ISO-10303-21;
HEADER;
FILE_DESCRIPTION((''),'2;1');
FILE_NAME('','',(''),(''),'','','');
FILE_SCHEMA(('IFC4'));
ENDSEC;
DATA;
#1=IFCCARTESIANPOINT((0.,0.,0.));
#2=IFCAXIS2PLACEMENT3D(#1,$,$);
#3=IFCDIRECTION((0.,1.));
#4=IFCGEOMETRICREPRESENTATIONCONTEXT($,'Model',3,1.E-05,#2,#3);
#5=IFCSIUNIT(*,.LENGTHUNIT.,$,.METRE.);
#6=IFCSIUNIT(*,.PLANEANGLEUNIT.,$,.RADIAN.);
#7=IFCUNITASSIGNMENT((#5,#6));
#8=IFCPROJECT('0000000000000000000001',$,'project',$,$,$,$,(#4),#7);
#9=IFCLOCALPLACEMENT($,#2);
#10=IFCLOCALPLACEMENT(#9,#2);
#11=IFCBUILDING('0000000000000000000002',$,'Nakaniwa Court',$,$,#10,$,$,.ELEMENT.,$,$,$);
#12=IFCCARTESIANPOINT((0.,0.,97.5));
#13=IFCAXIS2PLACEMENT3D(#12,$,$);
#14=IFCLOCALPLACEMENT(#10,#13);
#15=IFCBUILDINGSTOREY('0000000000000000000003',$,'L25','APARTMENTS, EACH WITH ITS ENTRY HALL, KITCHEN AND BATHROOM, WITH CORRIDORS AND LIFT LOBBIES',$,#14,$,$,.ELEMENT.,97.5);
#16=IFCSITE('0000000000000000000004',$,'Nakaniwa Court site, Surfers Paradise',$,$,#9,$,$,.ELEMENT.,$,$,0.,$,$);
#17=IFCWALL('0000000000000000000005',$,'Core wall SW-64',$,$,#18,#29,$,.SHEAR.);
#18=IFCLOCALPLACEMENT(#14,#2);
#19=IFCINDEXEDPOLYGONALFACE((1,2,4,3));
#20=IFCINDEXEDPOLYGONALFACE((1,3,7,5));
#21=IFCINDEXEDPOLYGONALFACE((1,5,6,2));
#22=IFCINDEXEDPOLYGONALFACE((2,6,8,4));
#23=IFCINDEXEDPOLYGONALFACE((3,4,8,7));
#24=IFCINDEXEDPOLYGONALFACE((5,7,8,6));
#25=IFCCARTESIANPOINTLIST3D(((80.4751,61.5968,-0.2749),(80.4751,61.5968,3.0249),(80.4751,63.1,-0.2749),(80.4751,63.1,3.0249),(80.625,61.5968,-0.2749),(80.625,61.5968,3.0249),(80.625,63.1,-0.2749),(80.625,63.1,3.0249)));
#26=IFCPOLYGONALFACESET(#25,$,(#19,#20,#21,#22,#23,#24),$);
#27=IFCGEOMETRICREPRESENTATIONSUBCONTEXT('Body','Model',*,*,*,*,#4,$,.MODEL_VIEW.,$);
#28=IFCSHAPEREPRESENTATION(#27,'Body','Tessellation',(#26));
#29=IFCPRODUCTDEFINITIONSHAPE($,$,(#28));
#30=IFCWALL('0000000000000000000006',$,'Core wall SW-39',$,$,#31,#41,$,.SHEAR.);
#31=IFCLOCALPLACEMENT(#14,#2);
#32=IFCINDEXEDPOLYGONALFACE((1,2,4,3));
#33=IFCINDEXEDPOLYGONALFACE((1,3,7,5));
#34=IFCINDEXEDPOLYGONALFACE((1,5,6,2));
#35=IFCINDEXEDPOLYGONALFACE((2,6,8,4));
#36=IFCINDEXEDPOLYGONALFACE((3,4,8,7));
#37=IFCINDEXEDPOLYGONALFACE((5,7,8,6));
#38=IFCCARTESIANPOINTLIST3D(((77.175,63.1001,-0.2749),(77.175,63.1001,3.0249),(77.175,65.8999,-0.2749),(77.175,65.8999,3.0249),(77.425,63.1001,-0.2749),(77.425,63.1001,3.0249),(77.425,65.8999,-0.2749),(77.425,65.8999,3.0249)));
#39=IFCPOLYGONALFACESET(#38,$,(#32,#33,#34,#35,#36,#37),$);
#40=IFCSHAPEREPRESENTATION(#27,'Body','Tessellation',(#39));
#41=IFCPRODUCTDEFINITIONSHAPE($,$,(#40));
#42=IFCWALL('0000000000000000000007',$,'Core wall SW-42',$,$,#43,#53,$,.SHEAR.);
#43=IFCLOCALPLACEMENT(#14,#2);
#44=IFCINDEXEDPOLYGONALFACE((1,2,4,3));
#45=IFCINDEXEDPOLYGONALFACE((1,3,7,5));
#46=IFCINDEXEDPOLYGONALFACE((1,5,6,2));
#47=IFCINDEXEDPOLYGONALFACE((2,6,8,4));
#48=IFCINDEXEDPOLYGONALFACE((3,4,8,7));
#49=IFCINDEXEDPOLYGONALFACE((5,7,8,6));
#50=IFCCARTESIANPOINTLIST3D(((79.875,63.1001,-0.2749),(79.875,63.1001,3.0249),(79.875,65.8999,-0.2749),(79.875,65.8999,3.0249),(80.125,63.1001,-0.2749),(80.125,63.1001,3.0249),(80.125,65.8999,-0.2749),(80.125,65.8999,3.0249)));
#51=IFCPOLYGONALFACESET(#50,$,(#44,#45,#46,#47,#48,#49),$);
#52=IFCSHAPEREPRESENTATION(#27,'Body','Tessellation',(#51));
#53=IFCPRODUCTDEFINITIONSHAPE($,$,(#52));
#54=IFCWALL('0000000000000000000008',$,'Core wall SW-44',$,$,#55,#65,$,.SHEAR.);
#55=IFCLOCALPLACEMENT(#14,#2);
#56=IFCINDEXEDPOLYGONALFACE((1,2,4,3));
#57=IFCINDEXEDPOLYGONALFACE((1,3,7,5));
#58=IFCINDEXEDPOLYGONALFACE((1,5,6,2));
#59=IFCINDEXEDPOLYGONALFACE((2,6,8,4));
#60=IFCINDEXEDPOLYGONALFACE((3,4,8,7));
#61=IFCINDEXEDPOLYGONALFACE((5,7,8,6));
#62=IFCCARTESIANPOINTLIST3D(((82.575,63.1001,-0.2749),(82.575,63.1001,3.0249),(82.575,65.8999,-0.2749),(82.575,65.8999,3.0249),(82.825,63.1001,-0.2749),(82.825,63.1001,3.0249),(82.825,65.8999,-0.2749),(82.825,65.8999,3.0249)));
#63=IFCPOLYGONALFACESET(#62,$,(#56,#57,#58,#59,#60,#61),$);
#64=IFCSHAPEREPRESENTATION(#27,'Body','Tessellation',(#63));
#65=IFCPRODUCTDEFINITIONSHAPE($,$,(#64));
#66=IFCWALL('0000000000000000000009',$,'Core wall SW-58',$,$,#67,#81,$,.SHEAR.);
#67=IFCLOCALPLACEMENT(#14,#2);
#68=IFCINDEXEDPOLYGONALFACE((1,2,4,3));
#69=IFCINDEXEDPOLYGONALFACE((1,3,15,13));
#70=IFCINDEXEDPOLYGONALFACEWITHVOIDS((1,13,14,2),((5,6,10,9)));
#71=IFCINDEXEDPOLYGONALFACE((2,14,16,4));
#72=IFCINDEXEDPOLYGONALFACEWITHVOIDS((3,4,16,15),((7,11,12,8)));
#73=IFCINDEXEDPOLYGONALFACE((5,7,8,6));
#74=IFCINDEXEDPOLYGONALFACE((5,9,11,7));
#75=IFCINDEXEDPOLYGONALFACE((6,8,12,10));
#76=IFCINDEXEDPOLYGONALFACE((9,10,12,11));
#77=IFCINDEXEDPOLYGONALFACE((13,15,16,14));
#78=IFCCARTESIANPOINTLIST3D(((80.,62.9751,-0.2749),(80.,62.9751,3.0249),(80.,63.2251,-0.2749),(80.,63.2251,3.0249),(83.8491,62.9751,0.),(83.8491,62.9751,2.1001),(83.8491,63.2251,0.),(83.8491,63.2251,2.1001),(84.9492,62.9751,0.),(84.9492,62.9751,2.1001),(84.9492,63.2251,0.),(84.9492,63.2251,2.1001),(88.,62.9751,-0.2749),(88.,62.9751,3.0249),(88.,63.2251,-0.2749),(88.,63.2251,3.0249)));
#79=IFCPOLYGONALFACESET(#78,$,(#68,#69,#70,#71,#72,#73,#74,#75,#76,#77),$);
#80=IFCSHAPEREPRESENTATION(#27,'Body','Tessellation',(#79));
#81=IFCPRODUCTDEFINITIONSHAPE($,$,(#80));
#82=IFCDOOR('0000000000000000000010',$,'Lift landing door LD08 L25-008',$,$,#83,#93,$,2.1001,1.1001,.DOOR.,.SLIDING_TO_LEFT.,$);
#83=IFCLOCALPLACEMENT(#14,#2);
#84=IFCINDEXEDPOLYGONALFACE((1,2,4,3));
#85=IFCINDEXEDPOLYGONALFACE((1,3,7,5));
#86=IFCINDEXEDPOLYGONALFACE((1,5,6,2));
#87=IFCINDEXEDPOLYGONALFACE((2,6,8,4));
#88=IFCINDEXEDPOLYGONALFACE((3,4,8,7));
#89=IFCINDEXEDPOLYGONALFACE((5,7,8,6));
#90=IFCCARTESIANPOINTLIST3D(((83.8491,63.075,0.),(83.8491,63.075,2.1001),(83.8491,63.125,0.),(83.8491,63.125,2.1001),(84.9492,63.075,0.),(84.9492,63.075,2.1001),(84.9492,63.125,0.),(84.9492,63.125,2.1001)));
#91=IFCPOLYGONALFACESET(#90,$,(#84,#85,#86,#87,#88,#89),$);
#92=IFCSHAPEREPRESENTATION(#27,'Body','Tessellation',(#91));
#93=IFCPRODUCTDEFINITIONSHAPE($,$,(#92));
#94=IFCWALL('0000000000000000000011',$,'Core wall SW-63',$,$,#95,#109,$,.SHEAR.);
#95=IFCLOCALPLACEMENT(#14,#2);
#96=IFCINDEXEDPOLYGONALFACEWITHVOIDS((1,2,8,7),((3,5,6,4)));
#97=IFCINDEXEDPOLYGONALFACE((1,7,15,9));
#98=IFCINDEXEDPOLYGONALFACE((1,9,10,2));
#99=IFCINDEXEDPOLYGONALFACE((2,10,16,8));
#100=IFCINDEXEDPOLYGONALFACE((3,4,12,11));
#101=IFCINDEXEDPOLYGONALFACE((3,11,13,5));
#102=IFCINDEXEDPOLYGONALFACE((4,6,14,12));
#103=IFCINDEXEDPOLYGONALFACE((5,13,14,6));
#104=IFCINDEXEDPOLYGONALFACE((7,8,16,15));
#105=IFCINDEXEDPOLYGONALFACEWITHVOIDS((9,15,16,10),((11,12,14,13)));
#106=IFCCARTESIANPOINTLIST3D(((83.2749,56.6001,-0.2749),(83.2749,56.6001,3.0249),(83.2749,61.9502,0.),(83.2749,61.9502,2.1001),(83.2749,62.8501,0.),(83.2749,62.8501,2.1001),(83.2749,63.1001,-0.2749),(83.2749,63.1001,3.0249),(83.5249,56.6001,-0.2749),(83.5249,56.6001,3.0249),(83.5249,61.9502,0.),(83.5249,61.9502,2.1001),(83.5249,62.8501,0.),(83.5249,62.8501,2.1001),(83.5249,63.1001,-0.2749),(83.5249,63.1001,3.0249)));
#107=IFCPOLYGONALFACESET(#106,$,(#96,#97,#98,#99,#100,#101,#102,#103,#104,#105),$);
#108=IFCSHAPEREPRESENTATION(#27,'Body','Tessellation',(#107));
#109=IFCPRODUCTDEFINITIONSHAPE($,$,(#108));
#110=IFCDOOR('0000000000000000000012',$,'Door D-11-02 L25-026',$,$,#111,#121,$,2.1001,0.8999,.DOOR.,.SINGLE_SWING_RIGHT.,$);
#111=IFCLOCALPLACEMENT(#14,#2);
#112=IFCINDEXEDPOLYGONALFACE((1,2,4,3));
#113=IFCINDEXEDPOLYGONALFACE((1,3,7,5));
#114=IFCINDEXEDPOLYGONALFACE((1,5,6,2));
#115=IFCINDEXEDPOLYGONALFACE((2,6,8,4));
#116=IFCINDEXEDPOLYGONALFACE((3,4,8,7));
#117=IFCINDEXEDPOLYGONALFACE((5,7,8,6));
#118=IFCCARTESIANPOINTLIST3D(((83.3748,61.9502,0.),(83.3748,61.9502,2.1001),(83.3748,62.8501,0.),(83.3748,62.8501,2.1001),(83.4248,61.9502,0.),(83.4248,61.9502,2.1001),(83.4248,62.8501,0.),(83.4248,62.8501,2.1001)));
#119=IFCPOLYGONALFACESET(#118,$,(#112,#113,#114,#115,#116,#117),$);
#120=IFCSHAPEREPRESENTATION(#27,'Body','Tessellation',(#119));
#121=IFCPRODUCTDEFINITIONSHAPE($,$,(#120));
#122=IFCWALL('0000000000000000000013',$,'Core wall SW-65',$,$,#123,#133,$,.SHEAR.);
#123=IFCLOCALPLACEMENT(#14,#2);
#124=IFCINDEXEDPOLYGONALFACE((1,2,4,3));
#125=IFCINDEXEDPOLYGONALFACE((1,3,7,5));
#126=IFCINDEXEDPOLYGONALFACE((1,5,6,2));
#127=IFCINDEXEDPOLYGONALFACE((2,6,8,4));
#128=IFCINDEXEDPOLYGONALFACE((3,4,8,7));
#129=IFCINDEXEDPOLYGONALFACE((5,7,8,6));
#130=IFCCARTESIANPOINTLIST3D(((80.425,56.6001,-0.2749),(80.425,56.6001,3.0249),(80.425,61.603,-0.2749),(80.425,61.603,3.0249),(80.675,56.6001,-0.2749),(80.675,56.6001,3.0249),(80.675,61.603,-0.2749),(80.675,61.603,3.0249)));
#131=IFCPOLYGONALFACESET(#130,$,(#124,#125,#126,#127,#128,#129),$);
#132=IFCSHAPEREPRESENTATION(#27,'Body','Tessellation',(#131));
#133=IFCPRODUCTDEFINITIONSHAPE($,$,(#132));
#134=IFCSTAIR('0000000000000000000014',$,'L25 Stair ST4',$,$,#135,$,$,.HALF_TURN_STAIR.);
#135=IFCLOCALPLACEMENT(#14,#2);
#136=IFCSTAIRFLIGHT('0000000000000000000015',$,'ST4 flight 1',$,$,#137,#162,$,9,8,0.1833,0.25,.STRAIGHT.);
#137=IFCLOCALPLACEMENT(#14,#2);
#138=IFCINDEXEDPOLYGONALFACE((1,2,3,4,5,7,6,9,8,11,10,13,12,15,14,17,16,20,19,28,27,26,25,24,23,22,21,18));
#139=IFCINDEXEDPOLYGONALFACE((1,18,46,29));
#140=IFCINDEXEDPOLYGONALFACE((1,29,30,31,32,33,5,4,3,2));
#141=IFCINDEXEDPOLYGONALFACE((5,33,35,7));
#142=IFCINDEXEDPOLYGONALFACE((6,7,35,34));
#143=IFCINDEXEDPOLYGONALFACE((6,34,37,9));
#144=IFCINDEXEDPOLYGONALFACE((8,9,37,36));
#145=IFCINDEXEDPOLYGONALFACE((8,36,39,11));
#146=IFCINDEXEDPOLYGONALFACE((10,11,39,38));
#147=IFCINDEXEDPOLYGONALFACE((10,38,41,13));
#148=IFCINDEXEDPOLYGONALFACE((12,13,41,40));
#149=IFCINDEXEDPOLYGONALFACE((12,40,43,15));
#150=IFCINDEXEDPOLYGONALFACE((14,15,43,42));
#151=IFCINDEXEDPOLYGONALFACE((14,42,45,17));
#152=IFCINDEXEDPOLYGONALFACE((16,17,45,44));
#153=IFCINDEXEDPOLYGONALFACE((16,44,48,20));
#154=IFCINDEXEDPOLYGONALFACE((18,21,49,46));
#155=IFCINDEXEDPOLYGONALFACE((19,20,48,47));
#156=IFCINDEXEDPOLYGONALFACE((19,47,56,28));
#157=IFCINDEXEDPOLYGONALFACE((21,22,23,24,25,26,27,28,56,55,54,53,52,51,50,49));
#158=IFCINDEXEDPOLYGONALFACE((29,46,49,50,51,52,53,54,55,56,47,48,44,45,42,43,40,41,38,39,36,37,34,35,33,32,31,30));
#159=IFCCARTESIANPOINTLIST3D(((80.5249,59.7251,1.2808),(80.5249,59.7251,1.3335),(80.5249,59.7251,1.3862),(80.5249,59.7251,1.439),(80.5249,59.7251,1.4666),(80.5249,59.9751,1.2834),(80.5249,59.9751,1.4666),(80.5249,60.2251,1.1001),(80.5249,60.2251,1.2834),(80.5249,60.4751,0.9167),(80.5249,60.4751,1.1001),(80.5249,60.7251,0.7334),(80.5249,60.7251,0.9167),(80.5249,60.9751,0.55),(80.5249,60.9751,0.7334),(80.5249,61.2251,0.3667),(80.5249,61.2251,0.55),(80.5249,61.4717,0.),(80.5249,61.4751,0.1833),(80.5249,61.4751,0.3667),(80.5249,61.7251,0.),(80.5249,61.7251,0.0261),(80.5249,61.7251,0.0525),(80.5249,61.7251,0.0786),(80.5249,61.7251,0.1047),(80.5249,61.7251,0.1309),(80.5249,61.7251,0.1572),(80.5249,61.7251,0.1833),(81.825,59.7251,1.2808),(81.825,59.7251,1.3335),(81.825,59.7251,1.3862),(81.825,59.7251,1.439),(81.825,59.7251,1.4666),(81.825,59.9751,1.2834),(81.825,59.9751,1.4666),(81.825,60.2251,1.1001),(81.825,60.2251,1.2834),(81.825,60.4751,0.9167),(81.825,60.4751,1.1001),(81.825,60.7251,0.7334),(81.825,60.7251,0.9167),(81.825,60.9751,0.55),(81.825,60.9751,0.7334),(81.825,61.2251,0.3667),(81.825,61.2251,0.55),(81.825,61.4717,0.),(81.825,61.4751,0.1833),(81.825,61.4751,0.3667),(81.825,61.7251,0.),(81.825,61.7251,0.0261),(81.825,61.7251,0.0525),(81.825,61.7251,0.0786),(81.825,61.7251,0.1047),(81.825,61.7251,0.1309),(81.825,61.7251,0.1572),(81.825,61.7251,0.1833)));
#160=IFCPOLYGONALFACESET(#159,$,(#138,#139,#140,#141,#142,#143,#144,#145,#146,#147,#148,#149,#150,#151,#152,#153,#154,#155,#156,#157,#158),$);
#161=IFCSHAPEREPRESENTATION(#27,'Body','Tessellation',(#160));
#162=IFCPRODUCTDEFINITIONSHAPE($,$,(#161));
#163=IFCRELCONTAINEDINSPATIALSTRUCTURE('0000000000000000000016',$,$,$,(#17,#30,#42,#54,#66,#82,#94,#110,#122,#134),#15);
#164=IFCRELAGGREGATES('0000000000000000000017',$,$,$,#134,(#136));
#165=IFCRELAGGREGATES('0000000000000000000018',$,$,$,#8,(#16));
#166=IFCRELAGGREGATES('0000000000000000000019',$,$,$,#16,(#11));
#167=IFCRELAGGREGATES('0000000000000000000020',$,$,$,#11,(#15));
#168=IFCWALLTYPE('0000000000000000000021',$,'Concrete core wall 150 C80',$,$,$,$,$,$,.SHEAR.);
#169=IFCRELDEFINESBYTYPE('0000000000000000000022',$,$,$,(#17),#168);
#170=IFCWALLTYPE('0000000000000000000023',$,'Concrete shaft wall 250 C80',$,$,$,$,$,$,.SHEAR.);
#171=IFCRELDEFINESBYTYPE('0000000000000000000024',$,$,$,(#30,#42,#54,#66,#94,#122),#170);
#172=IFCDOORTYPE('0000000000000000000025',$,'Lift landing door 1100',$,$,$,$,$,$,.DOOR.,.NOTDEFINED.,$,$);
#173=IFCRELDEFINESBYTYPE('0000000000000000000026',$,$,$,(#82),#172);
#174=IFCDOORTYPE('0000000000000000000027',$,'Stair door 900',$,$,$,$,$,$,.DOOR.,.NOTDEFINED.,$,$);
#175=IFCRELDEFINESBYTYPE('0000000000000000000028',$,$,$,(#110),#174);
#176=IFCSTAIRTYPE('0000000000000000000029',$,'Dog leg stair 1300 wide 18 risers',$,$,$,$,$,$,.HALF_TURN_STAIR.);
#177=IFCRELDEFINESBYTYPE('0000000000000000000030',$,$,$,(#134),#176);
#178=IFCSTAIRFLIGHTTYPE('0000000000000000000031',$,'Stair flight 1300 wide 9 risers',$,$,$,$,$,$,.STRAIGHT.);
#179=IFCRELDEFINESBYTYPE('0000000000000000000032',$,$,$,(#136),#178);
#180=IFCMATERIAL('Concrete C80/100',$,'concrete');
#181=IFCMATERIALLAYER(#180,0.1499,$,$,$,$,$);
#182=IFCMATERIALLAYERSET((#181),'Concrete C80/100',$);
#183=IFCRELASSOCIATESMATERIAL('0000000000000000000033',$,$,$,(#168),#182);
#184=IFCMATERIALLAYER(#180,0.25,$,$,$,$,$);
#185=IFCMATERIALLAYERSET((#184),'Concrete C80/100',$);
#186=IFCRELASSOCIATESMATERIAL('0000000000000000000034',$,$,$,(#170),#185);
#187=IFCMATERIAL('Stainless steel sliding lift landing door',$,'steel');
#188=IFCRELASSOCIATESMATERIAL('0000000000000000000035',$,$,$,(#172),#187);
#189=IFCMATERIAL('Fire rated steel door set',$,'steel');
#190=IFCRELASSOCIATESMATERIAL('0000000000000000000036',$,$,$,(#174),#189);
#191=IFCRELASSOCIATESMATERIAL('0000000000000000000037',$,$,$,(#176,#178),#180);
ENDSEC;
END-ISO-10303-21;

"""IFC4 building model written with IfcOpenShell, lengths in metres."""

from ifc_helpers import new_model, si_unit, direction, frame, frame_2d, origin, place, context, subcontext, project, spatial, polyline, rectangle, outline, extrude, material, layer, layer_set, type_object, element, fill, aggregate, save


model = new_model("IFC4")

# Units and contexts
model_context = context("Model", 3, precision=1e-05, world=origin(), true_north=direction((0.0, 1.0)))
body_context = subcontext(model_context, "Body", "Model", "MODEL_VIEW")
ifc_project = project(units=[si_unit("LENGTHUNIT", "METRE"), si_unit("PLANEANGLEUNIT", "RADIAN")], contexts=[model_context])

# Site, building, storey
site_placement = place(None, origin())
site = spatial("IfcSite", under=ifc_project, at=site_placement, Name="Nakaniwa Court site, Surfers Paradise", CompositionType="ELEMENT", RefElevation=0.0)
building_placement = place(site_placement, origin())
building = spatial("IfcBuilding", under=site, at=building_placement, Name="Nakaniwa Court", CompositionType="ELEMENT")
storey_placement = place(building_placement, frame((0.0, 0.0, 97.5)))
storey = spatial("IfcBuildingStorey", under=building, at=storey_placement, Name="L25", Description="APARTMENTS, EACH WITH ITS ENTRY HALL, KITCHEN AND BATHROOM, WITH CORRIDORS AND LIFT LOBBIES", CompositionType="ELEMENT", Elevation=97.5)

# Shared definitions
ifc_material_1 = material(Name="Concrete C80/100", Category="concrete")

# Shared definitions
ifc_material_2 = material(Name="Fire rated steel door set", Category="steel")

# Walls
ifc_layer_1 = layer(ifc_material_1, 0.1499)
ifc_layer_set_1 = layer_set([ifc_layer_1], Name="Concrete C80/100")
wall_type_1 = type_object("IfcWallType", Name="Concrete core wall 150 C80", PredefinedType="SHEAR", material=ifc_layer_set_1)
wall_1_placement = place(storey_placement, frame((80.55, 61.5969, -0.2749), z_axis=(0.0, 0.0, 1.0), x_axis=(0.0, 1.0, 0.0)))
element("IfcWall", 1, at=wall_1_placement, inside=storey, type_object=wall_type_1, Name="Core wall SW-64", PredefinedType="SHEAR", context=body_context, shape_type="SweptSolid", body=[
    extrude(rectangle(XDim=1.5032, YDim=0.1499, at=frame_2d((0.7515, 0.0))), origin(), (0.0, 0.0, 1.0), 3.2998),
])
ifc_layer_2 = layer(ifc_material_1, 0.25)
ifc_layer_set_2 = layer_set([ifc_layer_2], Name="Concrete C80/100")
wall_type_2 = type_object("IfcWallType", Name="Concrete shaft wall 250 C80", PredefinedType="SHEAR", material=ifc_layer_set_2)
for number, where, z_axis, x_axis, name in (
    (2, (77.3, 63.1001, -0.2749), (0.0, 0.0, 1.0), (0.0, 1.0, 0.0), "Core wall SW-39"),
    (3, (80.0, 63.1001, -0.2749), (0.0, 0.0, 1.0), (0.0, 1.0, 0.0), "Core wall SW-42"),
    (4, (82.7, 63.1001, -0.2749), (0.0, 0.0, 1.0), (0.0, 1.0, 0.0), "Core wall SW-44"),
):
    element("IfcWall", number, at=place(storey_placement, frame(where, z_axis=z_axis, x_axis=x_axis)), inside=storey, type_object=wall_type_2, Name=name, PredefinedType="SHEAR", context=body_context, shape_type="SweptSolid", body=[
        extrude(rectangle(XDim=2.7998, YDim=0.25, at=frame_2d((1.3999, 0.0))), origin(), (0.0, 0.0, 1.0), 3.2998),
    ])

# Walls, openings, doors
wall_2_placement = place(storey_placement, frame((80.0, 63.1001, -0.2749), z_axis=(0.0, 0.0, 1.0), x_axis=(1.0, 0.0, 0.0)))
wall_2 = element("IfcWall", 5, at=wall_2_placement, inside=storey, type_object=wall_type_2, Name="Core wall SW-58", PredefinedType="SHEAR", context=body_context, shape_type="SweptSolid", body=[
    extrude(rectangle(XDim=8.0, YDim=0.25, at=frame_2d((4.0, 0.0))), origin(), (0.0, 0.0, 1.0), 3.2998),
])
opening_1_placement = place(wall_2_placement, frame((3.8491, 0.0, 0.2749)))
opening_1 = element("IfcOpeningElement", 6, at=opening_1_placement, cuts=wall_2, PredefinedType="OPENING", context=body_context, shape_type="SweptSolid", body=[
    extrude(rectangle(XDim=1.1001, YDim=2.1001, at=frame_2d((0.55, 1.05))), frame((0.0, 0.135, 0.0), z_axis=(0.0, -1.0, 0.0), x_axis=(1.0, 0.0, 0.0)), (0.0, 0.0, 1.0), 0.27),
])
ifc_material_3 = material(Name="Stainless steel sliding lift landing door", Category="steel")
door_type_1 = type_object("IfcDoorType", Name="Lift landing door 1100", OperationType="NOTDEFINED", PredefinedType="DOOR", material=ifc_material_3)
door_1_placement = place(opening_1_placement, origin())
door_1 = element("IfcDoor", 7, at=door_1_placement, inside=storey, type_object=door_type_1, Name="Lift landing door LD08 L25-008", OperationType="SLIDING_TO_LEFT", OverallHeight=2.1001, OverallWidth=1.1001, PredefinedType="DOOR", context=body_context, shape_type="SweptSolid", body=[
    extrude(rectangle(XDim=1.1001, YDim=2.1001, at=frame_2d((0.55, 1.05))), frame((0.0, 0.0249, 0.0), z_axis=(0.0, -1.0, 0.0), x_axis=(1.0, 0.0, 0.0)), (0.0, 0.0, 1.0), 0.05),
])
fill(opening_1, door_1)
wall_3_placement = place(storey_placement, frame((83.3999, 63.1001, -0.2749), z_axis=(0.0, 0.0, 1.0), x_axis=(0.0, -1.0, 0.0)))
wall_3 = element("IfcWall", 8, at=wall_3_placement, inside=storey, type_object=wall_type_2, Name="Core wall SW-63", PredefinedType="SHEAR", context=body_context, shape_type="SweptSolid", body=[
    extrude(rectangle(XDim=6.5, YDim=0.25, at=frame_2d((3.25, 0.0))), origin(), (0.0, 0.0, 1.0), 3.2998),
])
opening_2_placement = place(wall_3_placement, frame((0.25, 0.0, 0.2749)))
opening_2 = element("IfcOpeningElement", 9, at=opening_2_placement, cuts=wall_3, PredefinedType="OPENING", context=body_context, shape_type="SweptSolid", body=[
    extrude(rectangle(XDim=0.8999, YDim=2.1001, at=frame_2d((0.45, 1.05))), frame((0.0, 0.135, 0.0), z_axis=(0.0, -1.0, 0.0), x_axis=(1.0, 0.0, 0.0)), (0.0, 0.0, 1.0), 0.27),
])
door_type_2 = type_object("IfcDoorType", Name="Stair door 900", OperationType="NOTDEFINED", PredefinedType="DOOR", material=ifc_material_2)
door_2_placement = place(opening_2_placement, origin())
door_2 = element("IfcDoor", 10, at=door_2_placement, inside=storey, type_object=door_type_2, Name="Door D-11-02 L25-026", OperationType="SINGLE_SWING_RIGHT", OverallHeight=2.1001, OverallWidth=0.8999, PredefinedType="DOOR", context=body_context, shape_type="SweptSolid", body=[
    extrude(rectangle(XDim=0.8999, YDim=2.1001, at=frame_2d((0.45, 1.05))), frame((0.0, 0.0249, 0.0), z_axis=(0.0, -1.0, 0.0), x_axis=(1.0, 0.0, 0.0)), (0.0, 0.0, 1.0), 0.05),
])
fill(opening_2, door_2)

# Wall
wall_4_placement = place(storey_placement, frame((80.55, 56.6001, -0.2749), z_axis=(0.0, 0.0, 1.0), x_axis=(0.0, 1.0, 0.0)))
element("IfcWall", 11, at=wall_4_placement, inside=storey, type_object=wall_type_2, Name="Core wall SW-65", PredefinedType="SHEAR", context=body_context, shape_type="SweptSolid", body=[
    extrude(rectangle(XDim=5.0029, YDim=0.25, at=frame_2d((2.5015, 0.0))), origin(), (0.0, 0.0, 1.0), 3.2998),
])

# Stair, stair flight
stair_type = type_object("IfcStairType", Name="Dog leg stair 1300 wide 18 risers", PredefinedType="HALF_TURN_STAIR", material=ifc_material_1)
stair_placement = place(storey_placement, origin())
stair = element("IfcStair", 12, at=stair_placement, inside=storey, type_object=stair_type, Name="L25 Stair ST4", PredefinedType="HALF_TURN_STAIR")
stair_flight_type = type_object("IfcStairFlightType", Name="Stair flight 1300 wide 9 risers", PredefinedType="STRAIGHT", material=ifc_material_1)
stair_flight_1_placement = place(storey_placement, frame((81.175, 61.7251, 0.0), z_axis=(0.0, 0.0, 1.0), x_axis=(0.0, -1.0, 0.0)))
stair_flight_1 = element("IfcStairFlight", 13, at=stair_flight_1_placement, type_object=stair_flight_type, Name="ST4 flight 1", NumberOfRisers=9, NumberOfTreads=8, PredefinedType="STRAIGHT", RiserHeight=0.1833, TreadLength=0.25, context=body_context, shape_type="SweptSolid", body=[
    extrude(outline(polyline([(0.0, 0.0), (0.0, 0.0261), (0.0, 0.0525), (0.0, 0.0786), (0.0, 0.1047), (0.0, 0.1309), (0.0, 0.1572), (0.0, 0.1833), (0.25, 0.1833), (0.25, 0.3667), (0.5, 0.3667), (0.5, 0.55), (0.75, 0.55), (0.75, 0.7334), (1.0, 0.7334), (1.0, 0.9167), (1.25, 0.9167), (1.25, 1.1001), (1.5, 1.1001), (1.5, 1.2834), (1.75, 1.2834), (1.75, 1.4666), (2.0, 1.4666), (2.0, 1.6499), (2.0, 1.5972), (2.0, 1.5444), (2.0, 1.4917), (2.0, 1.439), (2.0, 1.3862), (2.0, 1.3335), (2.0, 1.2808), (0.2534, 0.0), (0.0, 0.0)])), frame((0.0, 0.6499, 0.0), z_axis=(0.0, -1.0, 0.0), x_axis=(1.0, 0.0, 0.0)), (0.0, 0.0, 1.0), 1.3),
])
aggregate(stair, [stair_flight_1])

save(model, "model.ifc")
